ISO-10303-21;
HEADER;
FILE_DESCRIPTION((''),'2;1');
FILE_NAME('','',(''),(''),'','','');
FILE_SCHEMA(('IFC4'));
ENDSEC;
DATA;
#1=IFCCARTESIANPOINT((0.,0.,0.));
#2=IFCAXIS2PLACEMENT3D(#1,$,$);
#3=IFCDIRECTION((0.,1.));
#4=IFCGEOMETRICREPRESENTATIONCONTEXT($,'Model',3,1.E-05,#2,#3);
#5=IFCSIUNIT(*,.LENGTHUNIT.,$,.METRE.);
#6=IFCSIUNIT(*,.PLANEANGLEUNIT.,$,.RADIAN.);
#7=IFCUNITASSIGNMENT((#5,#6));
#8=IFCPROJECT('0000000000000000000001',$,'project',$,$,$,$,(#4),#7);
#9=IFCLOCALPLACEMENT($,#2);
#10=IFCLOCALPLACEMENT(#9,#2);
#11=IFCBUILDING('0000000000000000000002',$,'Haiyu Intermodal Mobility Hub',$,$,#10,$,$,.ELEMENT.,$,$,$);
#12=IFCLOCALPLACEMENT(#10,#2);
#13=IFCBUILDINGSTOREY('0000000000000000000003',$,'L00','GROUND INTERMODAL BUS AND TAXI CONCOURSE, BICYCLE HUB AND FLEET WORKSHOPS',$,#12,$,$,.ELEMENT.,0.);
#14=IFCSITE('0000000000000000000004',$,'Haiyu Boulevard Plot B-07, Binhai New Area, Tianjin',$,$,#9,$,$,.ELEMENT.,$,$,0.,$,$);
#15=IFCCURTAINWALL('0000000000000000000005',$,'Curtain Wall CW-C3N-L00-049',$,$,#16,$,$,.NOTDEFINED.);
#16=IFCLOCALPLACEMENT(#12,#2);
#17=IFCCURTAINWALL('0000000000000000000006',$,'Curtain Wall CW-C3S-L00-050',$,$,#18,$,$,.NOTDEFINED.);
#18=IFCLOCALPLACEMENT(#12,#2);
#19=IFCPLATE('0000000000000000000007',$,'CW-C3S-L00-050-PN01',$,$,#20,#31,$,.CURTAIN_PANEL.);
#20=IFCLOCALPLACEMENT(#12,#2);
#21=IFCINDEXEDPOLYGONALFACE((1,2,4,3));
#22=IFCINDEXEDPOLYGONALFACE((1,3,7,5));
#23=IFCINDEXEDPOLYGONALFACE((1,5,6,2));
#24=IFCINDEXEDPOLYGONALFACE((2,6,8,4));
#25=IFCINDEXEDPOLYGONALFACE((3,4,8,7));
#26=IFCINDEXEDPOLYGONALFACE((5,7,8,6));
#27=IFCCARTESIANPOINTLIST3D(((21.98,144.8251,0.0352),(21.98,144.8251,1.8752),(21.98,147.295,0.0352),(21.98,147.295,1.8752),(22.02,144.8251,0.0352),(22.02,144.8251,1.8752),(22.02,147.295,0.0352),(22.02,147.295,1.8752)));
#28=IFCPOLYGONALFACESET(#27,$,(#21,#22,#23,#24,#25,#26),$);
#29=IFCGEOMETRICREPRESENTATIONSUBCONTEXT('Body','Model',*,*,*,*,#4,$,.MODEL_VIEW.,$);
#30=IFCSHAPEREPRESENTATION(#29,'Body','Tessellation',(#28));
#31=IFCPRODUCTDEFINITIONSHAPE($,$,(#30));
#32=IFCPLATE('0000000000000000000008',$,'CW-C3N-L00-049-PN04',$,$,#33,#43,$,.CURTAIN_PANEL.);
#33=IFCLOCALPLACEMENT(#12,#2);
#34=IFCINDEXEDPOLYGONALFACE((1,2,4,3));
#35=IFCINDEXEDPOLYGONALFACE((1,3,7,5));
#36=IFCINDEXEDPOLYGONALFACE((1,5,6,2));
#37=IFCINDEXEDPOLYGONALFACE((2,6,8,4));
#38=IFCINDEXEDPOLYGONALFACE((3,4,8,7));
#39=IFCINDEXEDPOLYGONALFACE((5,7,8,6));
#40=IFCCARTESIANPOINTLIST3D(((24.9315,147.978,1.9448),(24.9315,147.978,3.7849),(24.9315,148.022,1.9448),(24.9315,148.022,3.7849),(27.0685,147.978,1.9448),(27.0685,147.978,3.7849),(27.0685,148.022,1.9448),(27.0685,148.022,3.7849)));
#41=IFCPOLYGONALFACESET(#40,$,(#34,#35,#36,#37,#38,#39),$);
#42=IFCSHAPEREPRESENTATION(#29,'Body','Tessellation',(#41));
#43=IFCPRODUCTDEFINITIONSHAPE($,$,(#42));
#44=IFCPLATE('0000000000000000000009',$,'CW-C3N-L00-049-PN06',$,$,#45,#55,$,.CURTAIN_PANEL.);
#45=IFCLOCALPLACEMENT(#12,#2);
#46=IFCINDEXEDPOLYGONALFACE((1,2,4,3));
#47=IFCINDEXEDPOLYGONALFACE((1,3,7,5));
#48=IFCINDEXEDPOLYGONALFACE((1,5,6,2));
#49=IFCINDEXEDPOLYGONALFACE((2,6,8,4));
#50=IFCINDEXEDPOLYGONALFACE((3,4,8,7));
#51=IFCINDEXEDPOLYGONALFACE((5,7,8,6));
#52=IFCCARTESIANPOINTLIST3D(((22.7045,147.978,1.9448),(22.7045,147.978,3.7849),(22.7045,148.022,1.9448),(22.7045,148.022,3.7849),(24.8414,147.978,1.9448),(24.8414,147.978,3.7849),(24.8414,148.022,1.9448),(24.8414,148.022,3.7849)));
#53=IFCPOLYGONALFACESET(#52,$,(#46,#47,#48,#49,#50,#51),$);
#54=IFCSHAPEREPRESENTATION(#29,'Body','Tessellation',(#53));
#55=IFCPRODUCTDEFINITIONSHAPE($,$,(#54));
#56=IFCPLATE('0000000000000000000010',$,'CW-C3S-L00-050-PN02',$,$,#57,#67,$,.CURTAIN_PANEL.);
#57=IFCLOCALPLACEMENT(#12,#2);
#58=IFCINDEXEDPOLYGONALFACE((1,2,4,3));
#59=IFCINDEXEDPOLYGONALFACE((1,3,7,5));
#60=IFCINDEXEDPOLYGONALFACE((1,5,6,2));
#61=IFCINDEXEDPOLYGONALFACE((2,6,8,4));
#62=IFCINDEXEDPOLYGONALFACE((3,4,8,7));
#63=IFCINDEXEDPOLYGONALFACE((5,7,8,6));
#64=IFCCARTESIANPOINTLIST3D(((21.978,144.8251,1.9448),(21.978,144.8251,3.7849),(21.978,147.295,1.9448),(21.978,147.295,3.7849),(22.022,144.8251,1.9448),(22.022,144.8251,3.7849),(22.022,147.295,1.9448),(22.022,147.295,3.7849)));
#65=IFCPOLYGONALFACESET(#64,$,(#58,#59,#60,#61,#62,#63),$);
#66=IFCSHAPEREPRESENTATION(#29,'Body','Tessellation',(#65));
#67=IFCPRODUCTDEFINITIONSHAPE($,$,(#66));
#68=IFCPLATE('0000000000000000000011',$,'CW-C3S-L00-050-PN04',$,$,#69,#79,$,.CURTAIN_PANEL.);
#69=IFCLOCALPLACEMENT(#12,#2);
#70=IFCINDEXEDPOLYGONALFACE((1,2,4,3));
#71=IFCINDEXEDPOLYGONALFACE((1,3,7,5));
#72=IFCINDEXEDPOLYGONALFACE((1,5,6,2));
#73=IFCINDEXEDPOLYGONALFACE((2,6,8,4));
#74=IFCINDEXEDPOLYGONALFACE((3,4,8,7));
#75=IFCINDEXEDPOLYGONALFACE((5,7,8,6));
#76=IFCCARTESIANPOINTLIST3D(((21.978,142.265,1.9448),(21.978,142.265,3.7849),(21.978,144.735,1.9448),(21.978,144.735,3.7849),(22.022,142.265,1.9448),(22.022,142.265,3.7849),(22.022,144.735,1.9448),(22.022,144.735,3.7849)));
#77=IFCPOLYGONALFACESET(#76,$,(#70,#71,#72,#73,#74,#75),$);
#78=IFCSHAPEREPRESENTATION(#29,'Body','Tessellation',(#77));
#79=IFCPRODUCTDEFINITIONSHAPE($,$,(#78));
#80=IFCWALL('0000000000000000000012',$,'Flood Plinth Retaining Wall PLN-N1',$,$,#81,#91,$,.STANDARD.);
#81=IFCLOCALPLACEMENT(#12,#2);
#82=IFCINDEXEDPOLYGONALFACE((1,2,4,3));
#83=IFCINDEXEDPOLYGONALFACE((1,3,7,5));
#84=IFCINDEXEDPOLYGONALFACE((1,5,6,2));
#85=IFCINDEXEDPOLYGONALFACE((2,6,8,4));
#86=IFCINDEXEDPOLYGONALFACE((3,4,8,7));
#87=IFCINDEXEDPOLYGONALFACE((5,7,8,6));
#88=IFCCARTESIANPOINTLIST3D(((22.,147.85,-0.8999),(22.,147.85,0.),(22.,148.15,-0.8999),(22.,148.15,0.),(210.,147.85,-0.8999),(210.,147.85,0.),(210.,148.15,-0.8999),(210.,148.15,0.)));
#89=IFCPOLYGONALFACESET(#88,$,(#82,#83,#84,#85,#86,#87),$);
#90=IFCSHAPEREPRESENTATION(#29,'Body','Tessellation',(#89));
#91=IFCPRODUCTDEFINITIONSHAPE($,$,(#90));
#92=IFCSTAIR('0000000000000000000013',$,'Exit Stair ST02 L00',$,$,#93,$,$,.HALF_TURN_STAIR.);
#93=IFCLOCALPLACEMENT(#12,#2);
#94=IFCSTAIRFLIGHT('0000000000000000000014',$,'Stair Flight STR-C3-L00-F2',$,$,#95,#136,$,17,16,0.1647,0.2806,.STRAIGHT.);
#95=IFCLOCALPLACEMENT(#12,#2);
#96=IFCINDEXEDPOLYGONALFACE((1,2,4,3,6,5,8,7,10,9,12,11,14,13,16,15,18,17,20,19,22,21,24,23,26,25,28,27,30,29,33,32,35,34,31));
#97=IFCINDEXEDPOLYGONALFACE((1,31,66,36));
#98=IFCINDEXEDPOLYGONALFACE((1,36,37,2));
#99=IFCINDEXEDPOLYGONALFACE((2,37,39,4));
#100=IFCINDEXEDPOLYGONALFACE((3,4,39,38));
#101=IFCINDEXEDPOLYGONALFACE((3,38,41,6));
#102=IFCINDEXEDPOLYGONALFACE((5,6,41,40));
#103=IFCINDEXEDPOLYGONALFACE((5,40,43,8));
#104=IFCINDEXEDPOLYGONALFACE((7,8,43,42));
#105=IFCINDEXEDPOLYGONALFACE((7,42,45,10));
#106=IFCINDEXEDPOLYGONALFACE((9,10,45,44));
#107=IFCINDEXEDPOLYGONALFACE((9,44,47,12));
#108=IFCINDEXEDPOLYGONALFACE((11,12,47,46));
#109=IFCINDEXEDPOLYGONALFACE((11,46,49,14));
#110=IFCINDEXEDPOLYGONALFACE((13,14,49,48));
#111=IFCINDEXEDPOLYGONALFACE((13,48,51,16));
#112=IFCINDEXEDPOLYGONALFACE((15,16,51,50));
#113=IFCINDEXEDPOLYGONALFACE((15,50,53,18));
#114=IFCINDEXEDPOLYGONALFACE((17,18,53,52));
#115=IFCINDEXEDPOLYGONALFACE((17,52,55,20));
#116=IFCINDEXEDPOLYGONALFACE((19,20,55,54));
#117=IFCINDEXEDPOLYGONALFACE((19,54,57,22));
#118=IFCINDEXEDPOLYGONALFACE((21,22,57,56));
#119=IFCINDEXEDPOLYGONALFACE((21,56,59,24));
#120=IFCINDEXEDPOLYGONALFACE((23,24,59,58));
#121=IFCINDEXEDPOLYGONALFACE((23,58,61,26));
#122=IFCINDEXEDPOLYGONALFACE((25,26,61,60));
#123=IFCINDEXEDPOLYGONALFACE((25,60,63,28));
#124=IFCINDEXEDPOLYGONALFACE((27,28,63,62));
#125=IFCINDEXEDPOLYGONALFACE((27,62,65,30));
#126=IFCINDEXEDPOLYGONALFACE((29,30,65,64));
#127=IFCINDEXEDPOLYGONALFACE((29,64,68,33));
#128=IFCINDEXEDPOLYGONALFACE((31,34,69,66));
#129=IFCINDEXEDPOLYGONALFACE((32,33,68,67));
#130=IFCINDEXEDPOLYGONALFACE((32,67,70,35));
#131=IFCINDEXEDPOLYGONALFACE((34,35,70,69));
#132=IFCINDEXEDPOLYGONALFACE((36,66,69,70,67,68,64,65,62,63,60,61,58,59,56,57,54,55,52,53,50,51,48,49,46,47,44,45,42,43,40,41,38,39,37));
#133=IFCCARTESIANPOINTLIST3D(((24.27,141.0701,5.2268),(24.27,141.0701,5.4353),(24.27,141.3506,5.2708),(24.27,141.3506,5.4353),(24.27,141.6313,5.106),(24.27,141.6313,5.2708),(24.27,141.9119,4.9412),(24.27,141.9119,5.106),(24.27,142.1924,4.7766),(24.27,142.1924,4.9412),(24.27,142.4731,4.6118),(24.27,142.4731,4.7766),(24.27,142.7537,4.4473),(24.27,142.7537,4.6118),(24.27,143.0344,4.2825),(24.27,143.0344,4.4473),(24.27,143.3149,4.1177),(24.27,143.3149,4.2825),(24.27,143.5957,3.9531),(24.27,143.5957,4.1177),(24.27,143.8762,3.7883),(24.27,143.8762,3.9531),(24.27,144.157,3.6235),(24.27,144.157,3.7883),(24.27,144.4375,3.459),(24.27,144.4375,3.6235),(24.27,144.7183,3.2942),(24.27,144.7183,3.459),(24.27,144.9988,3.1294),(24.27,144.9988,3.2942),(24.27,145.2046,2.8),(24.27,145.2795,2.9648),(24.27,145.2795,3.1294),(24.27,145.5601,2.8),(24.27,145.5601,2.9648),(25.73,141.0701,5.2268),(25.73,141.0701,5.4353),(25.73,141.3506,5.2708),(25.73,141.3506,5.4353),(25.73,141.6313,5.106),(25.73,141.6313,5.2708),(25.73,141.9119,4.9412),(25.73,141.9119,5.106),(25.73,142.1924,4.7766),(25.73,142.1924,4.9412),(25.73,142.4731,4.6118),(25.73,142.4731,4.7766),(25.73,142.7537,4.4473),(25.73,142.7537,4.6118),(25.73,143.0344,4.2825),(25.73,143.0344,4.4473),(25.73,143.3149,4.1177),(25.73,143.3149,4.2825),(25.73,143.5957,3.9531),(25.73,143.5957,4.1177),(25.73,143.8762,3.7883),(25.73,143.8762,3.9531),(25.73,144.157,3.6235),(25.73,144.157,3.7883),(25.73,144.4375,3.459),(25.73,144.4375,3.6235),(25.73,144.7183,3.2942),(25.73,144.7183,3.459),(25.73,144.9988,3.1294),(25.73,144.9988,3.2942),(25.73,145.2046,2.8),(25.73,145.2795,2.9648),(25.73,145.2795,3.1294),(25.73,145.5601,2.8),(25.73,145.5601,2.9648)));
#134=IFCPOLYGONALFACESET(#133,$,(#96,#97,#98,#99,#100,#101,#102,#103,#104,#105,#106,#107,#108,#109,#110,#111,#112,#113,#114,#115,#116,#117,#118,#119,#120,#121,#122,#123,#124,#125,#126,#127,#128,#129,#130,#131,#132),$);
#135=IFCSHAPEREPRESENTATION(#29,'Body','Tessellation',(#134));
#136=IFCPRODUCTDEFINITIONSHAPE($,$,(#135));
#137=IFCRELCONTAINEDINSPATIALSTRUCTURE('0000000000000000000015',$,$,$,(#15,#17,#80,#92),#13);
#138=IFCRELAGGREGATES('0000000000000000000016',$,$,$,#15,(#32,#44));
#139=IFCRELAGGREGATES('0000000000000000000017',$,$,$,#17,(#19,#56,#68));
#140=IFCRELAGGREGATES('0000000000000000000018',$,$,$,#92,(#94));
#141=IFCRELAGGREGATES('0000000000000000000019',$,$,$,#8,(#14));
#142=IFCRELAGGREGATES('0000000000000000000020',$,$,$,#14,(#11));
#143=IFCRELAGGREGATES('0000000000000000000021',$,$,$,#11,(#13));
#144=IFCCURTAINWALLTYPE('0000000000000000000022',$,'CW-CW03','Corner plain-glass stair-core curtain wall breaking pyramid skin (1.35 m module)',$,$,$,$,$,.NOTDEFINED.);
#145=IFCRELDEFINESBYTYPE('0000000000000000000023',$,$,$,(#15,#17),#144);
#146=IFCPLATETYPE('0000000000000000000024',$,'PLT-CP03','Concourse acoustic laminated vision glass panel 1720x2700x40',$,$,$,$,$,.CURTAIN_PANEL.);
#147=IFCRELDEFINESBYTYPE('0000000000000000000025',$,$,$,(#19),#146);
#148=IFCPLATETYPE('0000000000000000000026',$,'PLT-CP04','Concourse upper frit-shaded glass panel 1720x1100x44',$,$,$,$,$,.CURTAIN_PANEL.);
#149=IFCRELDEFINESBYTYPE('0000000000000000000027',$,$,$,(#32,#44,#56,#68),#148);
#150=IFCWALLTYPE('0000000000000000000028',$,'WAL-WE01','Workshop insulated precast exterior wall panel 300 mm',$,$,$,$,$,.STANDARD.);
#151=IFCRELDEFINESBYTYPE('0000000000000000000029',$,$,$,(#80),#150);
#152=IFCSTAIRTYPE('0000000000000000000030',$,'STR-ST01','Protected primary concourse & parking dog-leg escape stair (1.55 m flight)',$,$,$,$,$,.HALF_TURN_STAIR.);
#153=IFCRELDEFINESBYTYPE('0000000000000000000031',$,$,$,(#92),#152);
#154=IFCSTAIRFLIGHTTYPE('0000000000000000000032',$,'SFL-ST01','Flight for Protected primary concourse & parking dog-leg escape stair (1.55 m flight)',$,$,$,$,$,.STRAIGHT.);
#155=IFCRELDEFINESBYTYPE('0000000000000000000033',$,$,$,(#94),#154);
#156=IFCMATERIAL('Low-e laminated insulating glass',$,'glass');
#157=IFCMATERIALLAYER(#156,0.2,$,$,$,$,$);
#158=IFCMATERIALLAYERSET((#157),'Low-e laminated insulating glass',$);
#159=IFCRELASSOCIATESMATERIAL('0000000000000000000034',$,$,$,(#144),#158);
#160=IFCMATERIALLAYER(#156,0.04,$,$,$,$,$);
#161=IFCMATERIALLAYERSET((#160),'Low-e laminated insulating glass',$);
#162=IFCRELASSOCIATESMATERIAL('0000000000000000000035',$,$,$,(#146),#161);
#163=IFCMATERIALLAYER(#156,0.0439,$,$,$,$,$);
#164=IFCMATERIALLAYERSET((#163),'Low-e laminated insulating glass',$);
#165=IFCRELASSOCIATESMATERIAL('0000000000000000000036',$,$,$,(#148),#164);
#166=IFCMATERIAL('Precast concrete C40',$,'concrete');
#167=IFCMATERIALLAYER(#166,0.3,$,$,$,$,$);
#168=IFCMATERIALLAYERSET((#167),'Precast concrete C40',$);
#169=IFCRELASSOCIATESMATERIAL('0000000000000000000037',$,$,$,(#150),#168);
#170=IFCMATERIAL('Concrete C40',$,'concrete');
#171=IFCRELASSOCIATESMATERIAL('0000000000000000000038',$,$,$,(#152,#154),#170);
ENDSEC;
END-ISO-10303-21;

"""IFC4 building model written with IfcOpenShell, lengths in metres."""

from ifc_helpers import new_model, si_unit, direction, frame, frame_2d, origin, origin_2d, place, context, subcontext, project, spatial, polyline, rectangle, outline, extrude, material, layer, layer_set, type_object, element, aggregate, save


model = new_model("IFC4")

# Units and contexts
model_context = context("Model", 3, precision=1e-05, world=origin(), true_north=direction((0.0, 1.0)))
body_context = subcontext(model_context, "Body", "Model", "MODEL_VIEW")
ifc_project = project(units=[si_unit("LENGTHUNIT", "METRE"), si_unit("PLANEANGLEUNIT", "RADIAN")], contexts=[model_context])

# Site, building, storey
site_placement = place(None, origin())
site = spatial("IfcSite", under=ifc_project, at=site_placement, Name="Haiyu Boulevard Plot B-07, Binhai New Area, Tianjin", CompositionType="ELEMENT", RefElevation=0.0)
building_placement = place(site_placement, origin())
building = spatial("IfcBuilding", under=site, at=building_placement, Name="Haiyu Intermodal Mobility Hub", CompositionType="ELEMENT")
storey_placement = place(building_placement, origin())
storey = spatial("IfcBuildingStorey", under=building, at=storey_placement, Name="L00", Description="GROUND INTERMODAL BUS AND TAXI CONCOURSE, BICYCLE HUB AND FLEET WORKSHOPS", CompositionType="ELEMENT", Elevation=0.0)

# Shared definitions
ifc_material_1 = material(Name="Concrete C40", Category="concrete")

# Curtain walls
ifc_material_2 = material(Name="Low-e laminated insulating glass", Category="glass")
ifc_layer_1 = layer(ifc_material_2, 0.2)
ifc_layer_set_1 = layer_set([ifc_layer_1], Name="Low-e laminated insulating glass")
curtain_wall_type = type_object("IfcCurtainWallType", Name="CW-CW03", Description="Corner plain-glass stair-core curtain wall breaking pyramid skin (1.35 m module)", PredefinedType="NOTDEFINED", material=ifc_layer_set_1)
curtain_wall_1_placement = place(storey_placement, origin())
curtain_wall_1 = element("IfcCurtainWall", 1, at=curtain_wall_1_placement, inside=storey, type_object=curtain_wall_type, Name="Curtain Wall CW-C3N-L00-049", PredefinedType="NOTDEFINED")
curtain_wall_2_placement = place(storey_placement, origin())
curtain_wall_2 = element("IfcCurtainWall", 2, at=curtain_wall_2_placement, inside=storey, type_object=curtain_wall_type, Name="Curtain Wall CW-C3S-L00-050", PredefinedType="NOTDEFINED")

# Plates
ifc_layer_2 = layer(ifc_material_2, 0.04)
ifc_layer_set_2 = layer_set([ifc_layer_2], Name="Low-e laminated insulating glass")
plate_type_1 = type_object("IfcPlateType", Name="PLT-CP03", Description="Concourse acoustic laminated vision glass panel 1720x2700x40", PredefinedType="CURTAIN_PANEL", material=ifc_layer_set_2)
plate_1_placement = place(storey_placement, frame((22.0, 146.0601, 0.0352), z_axis=(0.0, 0.0, 1.0), x_axis=(0.0, -1.0, 0.0)))
plate_1 = element("IfcPlate", 3, at=plate_1_placement, type_object=plate_type_1, Name="CW-C3S-L00-050-PN01", PredefinedType="CURTAIN_PANEL", context=body_context, shape_type="SweptSolid", body=[
    extrude(rectangle(XDim=2.47, YDim=0.04, at=origin_2d()), origin(), (0.0, 0.0, 1.0), 1.8401),
])
ifc_layer_3 = layer(ifc_material_2, 0.0439)
ifc_layer_set_3 = layer_set([ifc_layer_3], Name="Low-e laminated insulating glass")
plate_type_2 = type_object("IfcPlateType", Name="PLT-CP04", Description="Concourse upper frit-shaded glass panel 1720x1100x44", PredefinedType="CURTAIN_PANEL", material=ifc_layer_set_3)
plate_2_placement = place(storey_placement, frame((26.0, 148.0, 1.9448), z_axis=(0.0, 0.0, 1.0), x_axis=(-1.0, 0.0, 0.0)))
plate_2 = element("IfcPlate", 4, at=plate_2_placement, type_object=plate_type_2, Name="CW-C3N-L00-049-PN04", PredefinedType="CURTAIN_PANEL", context=body_context, shape_type="SweptSolid", body=[
    extrude(rectangle(XDim=2.137, YDim=0.0439, at=origin_2d()), origin(), (0.0, 0.0, 1.0), 1.8401),
])
plate_3_placement = place(storey_placement, frame((23.7729, 148.0, 1.9448), z_axis=(0.0, 0.0, 1.0), x_axis=(-1.0, 0.0, 0.0)))
plate_3 = element("IfcPlate", 5, at=plate_3_placement, type_object=plate_type_2, Name="CW-C3N-L00-049-PN06", PredefinedType="CURTAIN_PANEL", context=body_context, shape_type="SweptSolid", body=[
    extrude(rectangle(XDim=2.137, YDim=0.0439, at=origin_2d()), origin(), (0.0, 0.0, 1.0), 1.8401),
])
aggregate(curtain_wall_1, [plate_2, plate_3])
plate_4_placement = place(storey_placement, frame((22.0, 146.0601, 1.9448), z_axis=(0.0, 0.0, 1.0), x_axis=(0.0, -1.0, 0.0)))
plate_4 = element("IfcPlate", 6, at=plate_4_placement, type_object=plate_type_2, Name="CW-C3S-L00-050-PN02", PredefinedType="CURTAIN_PANEL", context=body_context, shape_type="SweptSolid", body=[
    extrude(rectangle(XDim=2.47, YDim=0.0439, at=origin_2d()), origin(), (0.0, 0.0, 1.0), 1.8401),
])
plate_5_placement = place(storey_placement, frame((22.0, 143.5, 1.9448), z_axis=(0.0, 0.0, 1.0), x_axis=(0.0, -1.0, 0.0)))
plate_5 = element("IfcPlate", 7, at=plate_5_placement, type_object=plate_type_2, Name="CW-C3S-L00-050-PN04", PredefinedType="CURTAIN_PANEL", context=body_context, shape_type="SweptSolid", body=[
    extrude(rectangle(XDim=2.47, YDim=0.0439, at=origin_2d()), origin(), (0.0, 0.0, 1.0), 1.8401),
])
aggregate(curtain_wall_2, [plate_1, plate_4, plate_5])

# Wall
ifc_material_3 = material(Name="Precast concrete C40", Category="concrete")
ifc_layer_4 = layer(ifc_material_3, 0.3)
ifc_layer_set_4 = layer_set([ifc_layer_4], Name="Precast concrete C40")
wall_type = type_object("IfcWallType", Name="WAL-WE01", Description="Workshop insulated precast exterior wall panel 300 mm", PredefinedType="STANDARD", material=ifc_layer_set_4)
wall_placement = place(storey_placement, frame((22.0, 148.0, -0.8999), z_axis=(0.0, 0.0, 1.0), x_axis=(1.0, 0.0, 0.0)))
element("IfcWall", 8, at=wall_placement, inside=storey, type_object=wall_type, Name="Flood Plinth Retaining Wall PLN-N1", PredefinedType="STANDARD", context=body_context, shape_type="SweptSolid", body=[
    extrude(rectangle(XDim=188.0, YDim=0.3, at=frame_2d((94.0, 0.0))), origin(), (0.0, 0.0, 1.0), 0.8999),
])

# Stair, stair flight
stair_type = type_object("IfcStairType", Name="STR-ST01", Description="Protected primary concourse & parking dog-leg escape stair (1.55 m flight)", PredefinedType="HALF_TURN_STAIR", material=ifc_material_1)
stair_placement = place(storey_placement, origin())
stair = element("IfcStair", 9, at=stair_placement, inside=storey, type_object=stair_type, Name="Exit Stair ST02 L00", PredefinedType="HALF_TURN_STAIR")
stair_flight_type = type_object("IfcStairFlightType", Name="SFL-ST01", Description="Flight for Protected primary concourse & parking dog-leg escape stair (1.55 m flight)", PredefinedType="STRAIGHT", material=ifc_material_1)
stair_flight_placement = place(storey_placement, frame((25.0, 145.5601, 2.8), z_axis=(0.0, 0.0, 1.0), x_axis=(0.0, -1.0, 0.0)))
stair_flight = element("IfcStairFlight", 10, at=stair_flight_placement, type_object=stair_flight_type, Name="Stair Flight STR-C3-L00-F2", NumberOfRisers=17, NumberOfTreads=16, PredefinedType="STRAIGHT", RiserHeight=0.1647, TreadLength=0.2806, context=body_context, shape_type="SweptSolid", body=[
    extrude(outline(polyline([(0.0, 0.0), (0.0, 0.1648), (0.2805, 0.1648), (0.2805, 0.3293), (0.5613, 0.3293), (0.5613, 0.4941), (0.8418, 0.4941), (0.8418, 0.6589), (1.1226, 0.6589), (1.1226, 0.8235), (1.4031, 0.8235), (1.4031, 0.9883), (1.6838, 0.9883), (1.6838, 1.1531), (1.9644, 1.1531), (1.9644, 1.3176), (2.2451, 1.3176), (2.2451, 1.4824), (2.5256, 1.4824), (2.5256, 1.6472), (2.8064, 1.6472), (2.8064, 1.8118), (3.0869, 1.8118), (3.0869, 1.9766), (3.3677, 1.9766), (3.3677, 2.1411), (3.6482, 2.1411), (3.6482, 2.3059), (3.9287, 2.3059), (3.9287, 2.4707), (4.2095, 2.4707), (4.2095, 2.6353), (4.49, 2.6353), (4.49, 2.8), (4.49, 2.4268), (0.3555, 0.0), (0.0, 0.0)])), frame((0.0, 0.73, 0.0), z_axis=(0.0, -1.0, 0.0), x_axis=(1.0, 0.0, 0.0)), (0.0, 0.0, 1.0), 1.46),
])
aggregate(stair, [stair_flight])

save(model, "model.ifc")
